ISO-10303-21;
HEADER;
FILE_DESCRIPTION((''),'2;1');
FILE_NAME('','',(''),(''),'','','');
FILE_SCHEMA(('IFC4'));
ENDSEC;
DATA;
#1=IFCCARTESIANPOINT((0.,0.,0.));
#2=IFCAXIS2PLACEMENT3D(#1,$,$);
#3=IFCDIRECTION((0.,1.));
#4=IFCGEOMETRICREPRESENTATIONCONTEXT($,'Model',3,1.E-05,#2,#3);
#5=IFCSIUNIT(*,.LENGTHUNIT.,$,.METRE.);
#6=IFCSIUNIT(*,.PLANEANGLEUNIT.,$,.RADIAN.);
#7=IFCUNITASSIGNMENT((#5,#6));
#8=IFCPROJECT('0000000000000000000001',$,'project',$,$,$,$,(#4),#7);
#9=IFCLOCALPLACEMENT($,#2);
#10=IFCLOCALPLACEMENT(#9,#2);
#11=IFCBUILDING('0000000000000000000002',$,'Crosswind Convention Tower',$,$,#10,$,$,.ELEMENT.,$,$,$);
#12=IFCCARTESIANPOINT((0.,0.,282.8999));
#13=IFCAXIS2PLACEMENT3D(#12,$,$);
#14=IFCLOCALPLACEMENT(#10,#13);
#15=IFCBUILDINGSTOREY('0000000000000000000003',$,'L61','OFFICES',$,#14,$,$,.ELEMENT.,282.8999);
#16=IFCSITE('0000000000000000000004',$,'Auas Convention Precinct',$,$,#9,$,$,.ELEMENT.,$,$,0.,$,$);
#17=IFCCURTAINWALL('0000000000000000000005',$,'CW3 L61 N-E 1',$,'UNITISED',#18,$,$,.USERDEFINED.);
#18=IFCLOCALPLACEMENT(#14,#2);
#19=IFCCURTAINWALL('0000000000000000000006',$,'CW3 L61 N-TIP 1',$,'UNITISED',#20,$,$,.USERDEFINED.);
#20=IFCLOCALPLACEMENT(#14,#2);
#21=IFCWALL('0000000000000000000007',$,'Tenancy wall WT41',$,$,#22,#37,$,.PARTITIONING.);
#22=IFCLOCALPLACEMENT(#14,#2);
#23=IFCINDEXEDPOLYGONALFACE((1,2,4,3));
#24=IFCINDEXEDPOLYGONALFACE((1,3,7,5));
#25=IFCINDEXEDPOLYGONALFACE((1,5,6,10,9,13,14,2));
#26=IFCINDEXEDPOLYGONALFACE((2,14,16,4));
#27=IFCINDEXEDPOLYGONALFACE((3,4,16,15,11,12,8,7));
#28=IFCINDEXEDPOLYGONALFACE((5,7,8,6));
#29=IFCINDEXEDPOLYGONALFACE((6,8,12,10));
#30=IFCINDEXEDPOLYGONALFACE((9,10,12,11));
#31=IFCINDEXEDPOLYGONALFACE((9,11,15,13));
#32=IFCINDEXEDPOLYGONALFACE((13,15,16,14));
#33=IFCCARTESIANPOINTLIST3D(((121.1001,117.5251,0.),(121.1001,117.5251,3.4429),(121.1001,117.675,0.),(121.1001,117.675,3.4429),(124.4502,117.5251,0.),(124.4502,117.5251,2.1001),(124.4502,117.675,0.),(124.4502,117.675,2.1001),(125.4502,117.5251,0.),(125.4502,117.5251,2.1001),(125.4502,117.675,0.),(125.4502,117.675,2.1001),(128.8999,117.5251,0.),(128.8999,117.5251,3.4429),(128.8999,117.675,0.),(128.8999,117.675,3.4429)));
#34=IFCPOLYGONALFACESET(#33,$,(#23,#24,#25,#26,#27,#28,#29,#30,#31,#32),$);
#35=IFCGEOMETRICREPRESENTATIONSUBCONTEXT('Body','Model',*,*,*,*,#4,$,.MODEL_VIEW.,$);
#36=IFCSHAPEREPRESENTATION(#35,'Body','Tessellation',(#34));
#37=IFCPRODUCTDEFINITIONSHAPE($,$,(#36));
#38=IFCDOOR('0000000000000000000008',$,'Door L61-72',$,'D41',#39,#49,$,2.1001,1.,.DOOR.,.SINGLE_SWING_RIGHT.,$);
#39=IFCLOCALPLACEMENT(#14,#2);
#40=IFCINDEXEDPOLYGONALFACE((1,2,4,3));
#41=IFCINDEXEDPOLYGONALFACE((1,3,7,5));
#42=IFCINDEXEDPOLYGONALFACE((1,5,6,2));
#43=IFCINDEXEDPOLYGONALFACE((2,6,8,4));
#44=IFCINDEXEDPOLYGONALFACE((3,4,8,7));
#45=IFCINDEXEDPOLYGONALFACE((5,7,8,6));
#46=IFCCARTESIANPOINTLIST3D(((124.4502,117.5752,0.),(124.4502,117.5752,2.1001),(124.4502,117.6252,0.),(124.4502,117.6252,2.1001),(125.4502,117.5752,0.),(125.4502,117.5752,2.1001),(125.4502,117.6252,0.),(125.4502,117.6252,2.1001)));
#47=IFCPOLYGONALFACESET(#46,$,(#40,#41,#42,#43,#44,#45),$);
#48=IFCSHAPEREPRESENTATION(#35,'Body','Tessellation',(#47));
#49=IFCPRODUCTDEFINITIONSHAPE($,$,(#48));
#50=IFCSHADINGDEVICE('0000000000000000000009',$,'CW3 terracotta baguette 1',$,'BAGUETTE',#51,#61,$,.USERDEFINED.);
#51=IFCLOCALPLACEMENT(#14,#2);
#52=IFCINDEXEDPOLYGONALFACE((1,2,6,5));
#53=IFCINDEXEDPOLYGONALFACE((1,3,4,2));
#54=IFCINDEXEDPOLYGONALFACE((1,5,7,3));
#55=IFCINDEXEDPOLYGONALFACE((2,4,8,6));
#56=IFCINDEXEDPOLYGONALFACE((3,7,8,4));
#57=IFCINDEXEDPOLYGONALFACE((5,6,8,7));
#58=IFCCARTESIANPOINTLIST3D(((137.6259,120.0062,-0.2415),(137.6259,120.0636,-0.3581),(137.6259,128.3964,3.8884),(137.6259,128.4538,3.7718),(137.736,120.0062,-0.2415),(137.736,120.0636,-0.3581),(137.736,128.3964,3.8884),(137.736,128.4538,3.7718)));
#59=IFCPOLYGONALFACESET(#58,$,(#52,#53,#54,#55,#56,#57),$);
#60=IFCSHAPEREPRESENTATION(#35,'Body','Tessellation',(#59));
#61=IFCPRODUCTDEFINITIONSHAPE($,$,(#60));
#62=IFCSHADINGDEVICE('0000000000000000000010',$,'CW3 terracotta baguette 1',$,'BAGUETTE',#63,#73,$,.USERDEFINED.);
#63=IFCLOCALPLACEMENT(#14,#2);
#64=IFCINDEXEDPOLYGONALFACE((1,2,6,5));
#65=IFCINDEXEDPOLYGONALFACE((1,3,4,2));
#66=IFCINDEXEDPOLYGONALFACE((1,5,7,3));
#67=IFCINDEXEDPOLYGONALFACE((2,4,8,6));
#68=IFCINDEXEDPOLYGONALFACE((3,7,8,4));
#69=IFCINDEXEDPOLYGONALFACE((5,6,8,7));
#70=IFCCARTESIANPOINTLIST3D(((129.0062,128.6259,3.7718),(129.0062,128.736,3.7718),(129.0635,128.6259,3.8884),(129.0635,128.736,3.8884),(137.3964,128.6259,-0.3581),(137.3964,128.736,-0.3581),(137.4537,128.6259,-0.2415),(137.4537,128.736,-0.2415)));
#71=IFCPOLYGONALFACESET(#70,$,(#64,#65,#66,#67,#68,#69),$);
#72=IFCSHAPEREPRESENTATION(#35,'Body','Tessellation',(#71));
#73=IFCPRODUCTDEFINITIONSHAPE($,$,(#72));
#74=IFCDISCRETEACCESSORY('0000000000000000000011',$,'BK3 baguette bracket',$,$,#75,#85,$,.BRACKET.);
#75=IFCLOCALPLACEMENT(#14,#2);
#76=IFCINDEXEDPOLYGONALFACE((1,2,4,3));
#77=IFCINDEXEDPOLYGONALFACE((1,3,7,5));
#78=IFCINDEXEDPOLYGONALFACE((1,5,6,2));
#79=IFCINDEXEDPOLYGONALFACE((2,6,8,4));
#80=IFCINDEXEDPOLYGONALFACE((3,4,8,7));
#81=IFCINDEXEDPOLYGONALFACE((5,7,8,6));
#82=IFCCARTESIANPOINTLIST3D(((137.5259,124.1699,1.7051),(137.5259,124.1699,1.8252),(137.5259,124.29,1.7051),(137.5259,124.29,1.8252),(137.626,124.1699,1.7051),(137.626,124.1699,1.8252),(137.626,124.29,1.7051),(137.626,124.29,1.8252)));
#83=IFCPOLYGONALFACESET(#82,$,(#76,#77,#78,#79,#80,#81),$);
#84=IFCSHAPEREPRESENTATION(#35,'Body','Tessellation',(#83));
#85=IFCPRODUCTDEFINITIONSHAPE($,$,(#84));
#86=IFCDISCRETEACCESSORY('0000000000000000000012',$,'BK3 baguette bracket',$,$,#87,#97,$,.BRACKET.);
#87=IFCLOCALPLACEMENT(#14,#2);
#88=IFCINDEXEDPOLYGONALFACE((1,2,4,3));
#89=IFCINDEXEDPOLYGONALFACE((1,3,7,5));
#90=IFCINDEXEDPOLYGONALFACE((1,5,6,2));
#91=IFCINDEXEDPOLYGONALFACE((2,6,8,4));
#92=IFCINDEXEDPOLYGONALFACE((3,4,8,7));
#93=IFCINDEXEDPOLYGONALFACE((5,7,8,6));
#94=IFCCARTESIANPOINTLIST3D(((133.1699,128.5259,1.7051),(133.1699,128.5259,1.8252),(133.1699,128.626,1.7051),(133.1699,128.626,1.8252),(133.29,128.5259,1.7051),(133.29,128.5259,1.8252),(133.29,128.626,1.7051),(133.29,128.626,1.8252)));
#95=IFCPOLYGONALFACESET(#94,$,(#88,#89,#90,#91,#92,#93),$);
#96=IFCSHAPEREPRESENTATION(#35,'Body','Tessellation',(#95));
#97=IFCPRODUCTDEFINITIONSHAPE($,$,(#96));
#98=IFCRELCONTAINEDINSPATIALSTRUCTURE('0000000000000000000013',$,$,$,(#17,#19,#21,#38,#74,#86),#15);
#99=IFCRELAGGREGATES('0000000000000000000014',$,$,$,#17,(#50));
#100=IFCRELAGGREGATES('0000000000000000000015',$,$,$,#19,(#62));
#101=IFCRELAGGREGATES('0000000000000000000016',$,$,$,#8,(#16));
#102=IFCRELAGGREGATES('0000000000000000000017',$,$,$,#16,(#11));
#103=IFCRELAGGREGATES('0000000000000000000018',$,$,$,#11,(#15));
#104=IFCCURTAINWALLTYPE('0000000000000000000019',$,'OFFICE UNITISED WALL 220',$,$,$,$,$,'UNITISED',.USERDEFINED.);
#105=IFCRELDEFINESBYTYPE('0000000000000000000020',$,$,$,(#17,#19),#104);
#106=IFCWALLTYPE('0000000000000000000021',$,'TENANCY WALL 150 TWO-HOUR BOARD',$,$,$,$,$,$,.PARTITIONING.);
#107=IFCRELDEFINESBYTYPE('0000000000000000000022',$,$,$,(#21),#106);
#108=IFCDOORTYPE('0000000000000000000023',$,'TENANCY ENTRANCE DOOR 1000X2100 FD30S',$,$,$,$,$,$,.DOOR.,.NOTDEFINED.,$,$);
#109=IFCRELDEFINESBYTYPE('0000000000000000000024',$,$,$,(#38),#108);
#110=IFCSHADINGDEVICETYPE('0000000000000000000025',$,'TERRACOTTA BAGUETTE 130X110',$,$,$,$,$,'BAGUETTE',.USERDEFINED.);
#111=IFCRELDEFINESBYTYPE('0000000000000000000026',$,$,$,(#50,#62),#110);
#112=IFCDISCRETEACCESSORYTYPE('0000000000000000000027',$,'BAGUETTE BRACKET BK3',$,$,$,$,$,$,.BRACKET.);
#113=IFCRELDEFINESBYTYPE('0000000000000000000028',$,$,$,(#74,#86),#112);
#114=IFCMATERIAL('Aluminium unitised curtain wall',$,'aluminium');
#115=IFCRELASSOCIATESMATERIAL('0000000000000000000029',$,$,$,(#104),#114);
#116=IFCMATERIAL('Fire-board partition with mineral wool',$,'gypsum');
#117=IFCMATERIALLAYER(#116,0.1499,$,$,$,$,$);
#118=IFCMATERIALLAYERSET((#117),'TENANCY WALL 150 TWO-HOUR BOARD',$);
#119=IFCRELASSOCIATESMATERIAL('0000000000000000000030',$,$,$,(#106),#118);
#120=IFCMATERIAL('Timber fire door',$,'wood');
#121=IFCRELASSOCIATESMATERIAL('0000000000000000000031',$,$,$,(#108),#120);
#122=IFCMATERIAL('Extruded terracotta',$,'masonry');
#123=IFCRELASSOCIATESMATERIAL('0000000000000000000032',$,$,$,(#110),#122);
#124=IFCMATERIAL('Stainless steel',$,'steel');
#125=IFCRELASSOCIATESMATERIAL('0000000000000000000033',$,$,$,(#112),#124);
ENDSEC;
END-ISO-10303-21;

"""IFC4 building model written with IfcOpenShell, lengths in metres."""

from ifc_helpers import new_model, si_unit, direction, frame, frame_2d, origin, origin_2d, place, context, subcontext, project, spatial, rectangle, extrude, material, layer, layer_set, material_profile, profile_set, type_object, element, fill, aggregate, save


model = new_model("IFC4")

# Units and contexts
model_context = context("Model", 3, precision=1e-05, world=origin(), true_north=direction((0.0, 1.0)))
body_context = subcontext(model_context, "Body", "Model", "MODEL_VIEW")
ifc_project = project(units=[si_unit("LENGTHUNIT", "METRE"), si_unit("PLANEANGLEUNIT", "RADIAN")], contexts=[model_context])

# Site, building, storey
site_placement = place(None, origin())
site = spatial("IfcSite", under=ifc_project, at=site_placement, Name="Auas Convention Precinct", CompositionType="ELEMENT", RefElevation=0.0)
building_placement = place(site_placement, origin())
building = spatial("IfcBuilding", under=site, at=building_placement, Name="Crosswind Convention Tower", CompositionType="ELEMENT")
storey_placement = place(building_placement, frame((0.0, 0.0, 282.8999)))
storey = spatial("IfcBuildingStorey", under=building, at=storey_placement, Name="L61", Description="OFFICES", CompositionType="ELEMENT", Elevation=282.8999)

# Curtain wall
ifc_material_1 = material(Name="Aluminium unitised curtain wall", Category="aluminium")
curtain_wall_type_1 = type_object("IfcCurtainWallType", Name="OFFICE UNITISED WALL 220", ElementType="UNITISED", PredefinedType="USERDEFINED", material=ifc_material_1)
curtain_wall_1_placement = place(storey_placement, origin())
curtain_wall_1 = element("IfcCurtainWall", 1, at=curtain_wall_1_placement, inside=storey, type_object=curtain_wall_type_1, Name="CW3 L61 N-E 1", ObjectType="UNITISED", PredefinedType="USERDEFINED")

# Curtain wall
curtain_wall_2_placement = place(storey_placement, origin())
curtain_wall_2 = element("IfcCurtainWall", 2, at=curtain_wall_2_placement, inside=storey, type_object=curtain_wall_type_1, Name="CW3 L61 N-TIP 1", ObjectType="UNITISED", PredefinedType="USERDEFINED")

# Wall, opening, door
ifc_material_2 = material(Name="Fire-board partition with mineral wool", Category="gypsum")
ifc_layer_1 = layer(ifc_material_2, 0.1499)
ifc_layer_set_1 = layer_set([ifc_layer_1], Name="TENANCY WALL 150 TWO-HOUR BOARD")
wall_type_1 = type_object("IfcWallType", Name="TENANCY WALL 150 TWO-HOUR BOARD", PredefinedType="PARTITIONING", material=ifc_layer_set_1)
wall_1_placement = place(storey_placement, frame((121.1001, 117.6001, 0.0), z_axis=(0.0, 0.0, 1.0), x_axis=(1.0, 0.0, 0.0)))
wall_1 = element("IfcWall", 3, at=wall_1_placement, inside=storey, type_object=wall_type_1, Name="Tenancy wall WT41", PredefinedType="PARTITIONING", context=body_context, shape_type="SweptSolid", body=[
    extrude(rectangle(XDim=7.7998, YDim=0.1499, at=frame_2d((3.8999, 0.0))), origin(), (0.0, 0.0, 1.0), 3.4429),
])
opening_placement = place(wall_1_placement, frame((3.3501, 0.0, 0.0)))
opening = element("IfcOpeningElement", 4, at=opening_placement, cuts=wall_1, PredefinedType="OPENING", context=body_context, shape_type="SweptSolid", body=[
    extrude(rectangle(XDim=1.0, YDim=2.1001, at=frame_2d((0.5, 1.05))), frame((0.0, 0.085, 0.0), z_axis=(0.0, -1.0, 0.0), x_axis=(1.0, 0.0, 0.0)), (0.0, 0.0, 1.0), 0.1699),
])
ifc_material_3 = material(Name="Timber fire door", Category="wood")
door_type = type_object("IfcDoorType", Name="TENANCY ENTRANCE DOOR 1000X2100 FD30S", OperationType="NOTDEFINED", PredefinedType="DOOR", material=ifc_material_3)
door_placement = place(opening_placement, frame((1.0, 0.0, 0.0), z_axis=(0.0, 0.0, 1.0), x_axis=(-1.0, 0.0, 0.0)))
door = element("IfcDoor", 5, at=door_placement, inside=storey, type_object=door_type, Name="Door L61-72", ObjectType="D41", OperationType="SINGLE_SWING_RIGHT", OverallHeight=2.1001, OverallWidth=1.0, PredefinedType="DOOR", context=body_context, shape_type="SweptSolid", body=[
    extrude(rectangle(XDim=1.0, YDim=2.1001, at=frame_2d((0.5, 1.05))), frame((0.0, 0.0249, 0.0), z_axis=(0.0, -1.0, 0.0), x_axis=(1.0, 0.0, 0.0)), (0.0, 0.0, 1.0), 0.05),
])
fill(opening, door)

# Shading devices
ifc_material_4 = material(Name="Extruded terracotta", Category="masonry")
ifc_material_profile_1 = material_profile(ifc_material_4, rectangle(XDim=0.1101, YDim=0.1299, at=origin_2d()), Name="TC 110X130")
ifc_profile_set_1 = profile_set([ifc_material_profile_1], Name="Extruded terracotta")
shading_device_type = type_object("IfcShadingDeviceType", Name="TERRACOTTA BAGUETTE 130X110", ElementType="BAGUETTE", PredefinedType="USERDEFINED", material=ifc_profile_set_1)
shading_device_1_placement = place(storey_placement, frame((137.6809, 120.0349, -0.2998), z_axis=(0.0, 0.897198, 0.441628), x_axis=(-1.0, 0.0, 0.0)))
shading_device_1 = element("IfcShadingDevice", 6, at=shading_device_1_placement, type_object=shading_device_type, Name="CW3 terracotta baguette 1", ObjectType="BAGUETTE", PredefinedType="USERDEFINED", context=body_context, shape_type="SweptSolid", body=[
    extrude(rectangle(XDim=0.1101, YDim=0.1299, at=origin_2d()), origin(), (0.0, 0.0, 1.0), 9.3516),
])
aggregate(curtain_wall_1, [shading_device_1])
shading_device_2_placement = place(storey_placement, frame((137.425, 128.6809, -0.2998), z_axis=(-0.897198, 0.0, 0.441628), x_axis=(0.0, -1.0, 0.0)))
shading_device_2 = element("IfcShadingDevice", 7, at=shading_device_2_placement, type_object=shading_device_type, Name="CW3 terracotta baguette 1", ObjectType="BAGUETTE", PredefinedType="USERDEFINED", context=body_context, shape_type="SweptSolid", body=[
    extrude(rectangle(XDim=0.1101, YDim=0.1299, at=origin_2d()), origin(), (0.0, 0.0, 1.0), 9.3516),
])
aggregate(curtain_wall_2, [shading_device_2])

# Discrete accessories
ifc_material_5 = material(Name="Stainless steel", Category="steel")
discrete_accessory_type = type_object("IfcDiscreteAccessoryType", Name="BAGUETTE BRACKET BK3", PredefinedType="BRACKET", material=ifc_material_5)
for number, where, z_axis, x_axis, name in (
    (8, (137.5759, 124.23, 1.7051), (0.0, 0.0, 1.0), (0.0, 1.0, 0.0), "BK3 baguette bracket"),
    (9, (133.23, 128.5759, 1.7051), (0.0, 0.0, 1.0), (-1.0, 0.0, 0.0), "BK3 baguette bracket"),
):
    element("IfcDiscreteAccessory", number, at=place(storey_placement, frame(where, z_axis=z_axis, x_axis=x_axis)), inside=storey, type_object=discrete_accessory_type, Name=name, PredefinedType="BRACKET", context=body_context, shape_type="SweptSolid", body=[
        extrude(rectangle(XDim=0.1201, YDim=0.1001, at=origin_2d()), origin(), (0.0, 0.0, 1.0), 0.1201),
    ])

save(model, "model.ifc")
